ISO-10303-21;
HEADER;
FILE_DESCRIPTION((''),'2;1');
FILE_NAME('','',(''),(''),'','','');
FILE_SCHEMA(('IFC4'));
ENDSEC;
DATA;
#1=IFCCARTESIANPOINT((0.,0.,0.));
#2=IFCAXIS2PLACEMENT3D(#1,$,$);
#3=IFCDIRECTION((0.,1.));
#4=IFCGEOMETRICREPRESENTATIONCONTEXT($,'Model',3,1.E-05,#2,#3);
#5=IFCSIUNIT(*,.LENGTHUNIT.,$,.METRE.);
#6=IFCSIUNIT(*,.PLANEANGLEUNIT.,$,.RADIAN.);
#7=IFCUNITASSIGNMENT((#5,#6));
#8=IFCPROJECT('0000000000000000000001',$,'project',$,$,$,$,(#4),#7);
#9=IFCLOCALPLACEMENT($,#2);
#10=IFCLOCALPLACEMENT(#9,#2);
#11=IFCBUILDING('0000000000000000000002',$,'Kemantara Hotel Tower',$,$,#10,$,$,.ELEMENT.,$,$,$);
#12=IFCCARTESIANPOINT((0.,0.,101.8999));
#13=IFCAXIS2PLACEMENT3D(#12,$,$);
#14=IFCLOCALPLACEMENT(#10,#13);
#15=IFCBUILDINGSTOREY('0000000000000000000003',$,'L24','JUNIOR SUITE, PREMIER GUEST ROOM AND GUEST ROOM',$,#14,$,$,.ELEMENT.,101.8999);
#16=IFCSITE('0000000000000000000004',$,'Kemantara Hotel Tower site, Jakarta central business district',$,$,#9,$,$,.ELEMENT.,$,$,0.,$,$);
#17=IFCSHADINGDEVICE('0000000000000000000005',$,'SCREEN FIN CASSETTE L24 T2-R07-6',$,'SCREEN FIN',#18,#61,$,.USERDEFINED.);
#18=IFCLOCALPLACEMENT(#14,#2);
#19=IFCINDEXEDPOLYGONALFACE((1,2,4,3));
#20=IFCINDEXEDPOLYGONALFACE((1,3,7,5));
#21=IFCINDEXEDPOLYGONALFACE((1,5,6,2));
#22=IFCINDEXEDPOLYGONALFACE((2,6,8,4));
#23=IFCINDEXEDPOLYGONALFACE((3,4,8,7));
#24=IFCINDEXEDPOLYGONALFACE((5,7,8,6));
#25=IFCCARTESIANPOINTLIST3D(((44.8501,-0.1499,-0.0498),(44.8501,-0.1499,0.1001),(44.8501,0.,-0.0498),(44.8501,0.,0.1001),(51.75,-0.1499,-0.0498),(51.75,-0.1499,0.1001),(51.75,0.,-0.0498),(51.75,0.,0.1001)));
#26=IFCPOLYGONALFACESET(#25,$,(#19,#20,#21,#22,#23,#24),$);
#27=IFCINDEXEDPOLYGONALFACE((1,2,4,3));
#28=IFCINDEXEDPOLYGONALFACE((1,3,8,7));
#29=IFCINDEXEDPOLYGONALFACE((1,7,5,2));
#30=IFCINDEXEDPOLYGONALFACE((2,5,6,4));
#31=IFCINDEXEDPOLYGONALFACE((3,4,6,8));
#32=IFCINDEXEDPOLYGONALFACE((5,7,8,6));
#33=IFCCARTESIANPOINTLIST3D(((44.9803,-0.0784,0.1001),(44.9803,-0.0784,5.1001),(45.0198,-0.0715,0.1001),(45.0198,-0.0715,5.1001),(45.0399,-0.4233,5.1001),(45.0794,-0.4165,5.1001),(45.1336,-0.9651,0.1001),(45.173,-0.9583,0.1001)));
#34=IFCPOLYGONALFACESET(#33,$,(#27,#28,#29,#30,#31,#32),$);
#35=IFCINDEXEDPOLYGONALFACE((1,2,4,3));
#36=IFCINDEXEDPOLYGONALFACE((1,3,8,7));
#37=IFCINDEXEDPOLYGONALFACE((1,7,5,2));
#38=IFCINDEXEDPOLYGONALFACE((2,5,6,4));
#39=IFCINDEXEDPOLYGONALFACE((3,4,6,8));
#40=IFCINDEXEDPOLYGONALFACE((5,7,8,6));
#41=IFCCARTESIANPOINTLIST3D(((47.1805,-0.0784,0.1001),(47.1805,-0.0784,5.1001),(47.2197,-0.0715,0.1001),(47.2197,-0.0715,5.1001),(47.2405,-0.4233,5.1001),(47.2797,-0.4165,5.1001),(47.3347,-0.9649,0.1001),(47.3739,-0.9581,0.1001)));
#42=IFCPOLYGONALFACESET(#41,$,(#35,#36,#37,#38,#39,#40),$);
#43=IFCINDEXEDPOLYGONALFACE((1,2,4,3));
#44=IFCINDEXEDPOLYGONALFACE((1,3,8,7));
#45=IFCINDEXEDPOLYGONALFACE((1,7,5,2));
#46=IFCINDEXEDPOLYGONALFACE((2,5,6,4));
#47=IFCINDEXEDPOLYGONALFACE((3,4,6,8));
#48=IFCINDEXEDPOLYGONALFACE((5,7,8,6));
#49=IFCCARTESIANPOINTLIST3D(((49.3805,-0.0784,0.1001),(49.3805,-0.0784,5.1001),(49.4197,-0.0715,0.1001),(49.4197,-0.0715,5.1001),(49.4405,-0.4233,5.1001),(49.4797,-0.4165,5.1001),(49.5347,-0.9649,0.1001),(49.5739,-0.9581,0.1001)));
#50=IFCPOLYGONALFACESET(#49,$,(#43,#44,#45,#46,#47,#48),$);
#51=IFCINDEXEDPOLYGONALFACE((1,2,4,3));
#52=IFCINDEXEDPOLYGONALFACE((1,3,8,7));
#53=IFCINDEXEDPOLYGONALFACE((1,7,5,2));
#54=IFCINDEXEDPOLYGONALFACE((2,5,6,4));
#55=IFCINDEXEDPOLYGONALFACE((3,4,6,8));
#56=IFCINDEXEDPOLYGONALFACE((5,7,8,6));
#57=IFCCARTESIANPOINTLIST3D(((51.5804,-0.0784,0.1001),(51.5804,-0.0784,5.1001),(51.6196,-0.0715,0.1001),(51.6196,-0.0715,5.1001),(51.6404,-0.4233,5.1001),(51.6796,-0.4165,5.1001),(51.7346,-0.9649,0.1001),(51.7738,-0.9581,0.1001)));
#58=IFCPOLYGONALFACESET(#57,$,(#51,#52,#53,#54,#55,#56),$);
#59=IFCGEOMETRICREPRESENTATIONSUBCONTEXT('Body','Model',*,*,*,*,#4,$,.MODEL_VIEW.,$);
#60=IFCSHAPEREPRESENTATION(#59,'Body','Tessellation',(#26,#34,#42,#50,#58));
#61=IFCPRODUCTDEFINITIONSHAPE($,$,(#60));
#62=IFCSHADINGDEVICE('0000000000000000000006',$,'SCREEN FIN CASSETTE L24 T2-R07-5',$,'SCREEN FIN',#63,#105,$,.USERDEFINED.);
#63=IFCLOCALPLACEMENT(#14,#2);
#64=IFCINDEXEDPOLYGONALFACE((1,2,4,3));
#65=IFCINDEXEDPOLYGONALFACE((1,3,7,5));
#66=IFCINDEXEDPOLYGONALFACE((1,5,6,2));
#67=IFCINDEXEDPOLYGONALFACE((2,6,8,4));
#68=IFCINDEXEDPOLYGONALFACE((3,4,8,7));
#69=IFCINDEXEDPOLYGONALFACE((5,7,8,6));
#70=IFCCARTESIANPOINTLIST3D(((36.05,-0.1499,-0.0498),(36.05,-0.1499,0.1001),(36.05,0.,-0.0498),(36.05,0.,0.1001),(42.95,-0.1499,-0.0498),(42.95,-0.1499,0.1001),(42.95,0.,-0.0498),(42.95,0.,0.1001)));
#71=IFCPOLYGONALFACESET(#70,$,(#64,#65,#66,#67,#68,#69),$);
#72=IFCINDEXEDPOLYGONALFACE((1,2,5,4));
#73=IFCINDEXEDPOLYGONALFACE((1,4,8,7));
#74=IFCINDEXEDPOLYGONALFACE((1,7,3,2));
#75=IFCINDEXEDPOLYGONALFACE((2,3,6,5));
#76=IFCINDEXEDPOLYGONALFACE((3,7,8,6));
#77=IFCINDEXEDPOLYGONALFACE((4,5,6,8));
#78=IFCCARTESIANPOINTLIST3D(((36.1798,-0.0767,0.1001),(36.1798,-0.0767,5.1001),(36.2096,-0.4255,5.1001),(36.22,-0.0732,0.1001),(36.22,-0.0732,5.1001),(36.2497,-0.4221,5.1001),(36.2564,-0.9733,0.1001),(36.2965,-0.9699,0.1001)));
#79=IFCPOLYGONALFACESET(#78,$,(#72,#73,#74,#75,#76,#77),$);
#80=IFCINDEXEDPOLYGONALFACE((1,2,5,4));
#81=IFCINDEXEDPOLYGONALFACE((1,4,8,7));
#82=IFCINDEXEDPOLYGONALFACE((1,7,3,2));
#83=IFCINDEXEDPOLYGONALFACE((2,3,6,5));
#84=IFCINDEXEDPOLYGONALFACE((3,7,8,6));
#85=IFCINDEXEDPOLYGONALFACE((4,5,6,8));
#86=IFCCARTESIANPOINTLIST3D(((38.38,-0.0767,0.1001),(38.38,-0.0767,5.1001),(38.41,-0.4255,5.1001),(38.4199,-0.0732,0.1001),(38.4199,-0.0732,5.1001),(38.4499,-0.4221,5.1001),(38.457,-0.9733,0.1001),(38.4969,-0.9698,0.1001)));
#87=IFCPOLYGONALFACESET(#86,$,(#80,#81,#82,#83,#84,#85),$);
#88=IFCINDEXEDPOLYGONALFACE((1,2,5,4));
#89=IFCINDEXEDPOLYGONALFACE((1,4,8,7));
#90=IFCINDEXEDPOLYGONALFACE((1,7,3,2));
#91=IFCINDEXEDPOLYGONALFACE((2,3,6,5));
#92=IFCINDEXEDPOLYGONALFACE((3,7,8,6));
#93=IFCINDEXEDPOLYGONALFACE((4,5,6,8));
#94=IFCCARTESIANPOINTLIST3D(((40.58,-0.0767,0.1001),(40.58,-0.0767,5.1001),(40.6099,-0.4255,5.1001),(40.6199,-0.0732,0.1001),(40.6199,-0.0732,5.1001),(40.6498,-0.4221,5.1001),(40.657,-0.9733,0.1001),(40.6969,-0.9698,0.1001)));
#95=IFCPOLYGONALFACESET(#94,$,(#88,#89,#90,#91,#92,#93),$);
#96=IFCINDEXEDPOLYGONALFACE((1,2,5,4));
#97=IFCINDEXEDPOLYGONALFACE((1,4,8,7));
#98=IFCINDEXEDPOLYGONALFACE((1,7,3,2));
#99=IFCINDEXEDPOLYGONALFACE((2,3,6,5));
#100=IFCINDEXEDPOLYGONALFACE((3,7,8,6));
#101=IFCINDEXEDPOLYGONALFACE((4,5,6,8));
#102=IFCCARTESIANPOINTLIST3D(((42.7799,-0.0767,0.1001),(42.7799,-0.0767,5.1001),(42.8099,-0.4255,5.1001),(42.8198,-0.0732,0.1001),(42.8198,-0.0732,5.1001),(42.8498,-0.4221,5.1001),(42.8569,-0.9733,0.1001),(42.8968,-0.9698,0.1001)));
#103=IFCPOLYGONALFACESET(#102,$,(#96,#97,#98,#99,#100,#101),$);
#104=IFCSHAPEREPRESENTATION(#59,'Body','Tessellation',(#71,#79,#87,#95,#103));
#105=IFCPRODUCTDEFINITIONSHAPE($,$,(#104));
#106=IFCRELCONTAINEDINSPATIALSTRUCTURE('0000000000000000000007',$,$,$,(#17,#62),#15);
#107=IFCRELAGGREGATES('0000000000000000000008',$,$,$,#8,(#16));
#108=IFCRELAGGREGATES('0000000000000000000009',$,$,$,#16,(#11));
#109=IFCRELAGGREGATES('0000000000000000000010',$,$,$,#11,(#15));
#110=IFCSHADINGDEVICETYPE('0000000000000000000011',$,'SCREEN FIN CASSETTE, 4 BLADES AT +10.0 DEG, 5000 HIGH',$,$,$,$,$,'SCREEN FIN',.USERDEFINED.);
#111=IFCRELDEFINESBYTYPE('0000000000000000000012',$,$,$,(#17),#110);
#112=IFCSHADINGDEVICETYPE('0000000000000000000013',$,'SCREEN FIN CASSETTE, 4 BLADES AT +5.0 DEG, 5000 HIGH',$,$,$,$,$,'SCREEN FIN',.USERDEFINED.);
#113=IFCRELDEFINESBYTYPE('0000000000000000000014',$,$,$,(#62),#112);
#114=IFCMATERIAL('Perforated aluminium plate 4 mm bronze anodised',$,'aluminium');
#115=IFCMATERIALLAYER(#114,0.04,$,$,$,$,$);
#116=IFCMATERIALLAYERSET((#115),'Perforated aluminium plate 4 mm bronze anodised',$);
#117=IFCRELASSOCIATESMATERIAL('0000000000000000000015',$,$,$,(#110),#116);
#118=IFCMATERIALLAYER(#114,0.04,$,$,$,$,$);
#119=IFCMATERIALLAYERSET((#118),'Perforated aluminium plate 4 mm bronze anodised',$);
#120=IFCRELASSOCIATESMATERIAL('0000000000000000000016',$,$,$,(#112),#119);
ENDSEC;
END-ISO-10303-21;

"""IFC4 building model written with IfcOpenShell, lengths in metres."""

from ifc_helpers import new_model, si_unit, direction, frame, origin, origin_2d, place, context, subcontext, project, spatial, polyline, rectangle, outline, extrude, source, transform, mapped, material, layer, layer_set, type_object, element, save


model = new_model("IFC4")

# Units and contexts
model_context = context("Model", 3, precision=1e-05, world=origin(), true_north=direction((0.0, 1.0)))
body_context = subcontext(model_context, "Body", "Model", "MODEL_VIEW")
ifc_project = project(units=[si_unit("LENGTHUNIT", "METRE"), si_unit("PLANEANGLEUNIT", "RADIAN")], contexts=[model_context])

# Site, building, storey
site_placement = place(None, origin())
site = spatial("IfcSite", under=ifc_project, at=site_placement, Name="Kemantara Hotel Tower site, Jakarta central business district", CompositionType="ELEMENT", RefElevation=0.0)
building_placement = place(site_placement, origin())
building = spatial("IfcBuilding", under=site, at=building_placement, Name="Kemantara Hotel Tower", CompositionType="ELEMENT")
storey_placement = place(building_placement, frame((0.0, 0.0, 101.8999)))
storey = spatial("IfcBuildingStorey", under=building, at=storey_placement, Name="L24", Description="JUNIOR SUITE, PREMIER GUEST ROOM AND GUEST ROOM", CompositionType="ELEMENT", Elevation=101.8999)

# Shading devices
ifc_material_1 = material(Name="Perforated aluminium plate 4 mm bronze anodised", Category="aluminium")
ifc_layer_1 = layer(ifc_material_1, 0.04)
ifc_layer_set_1 = layer_set([ifc_layer_1], Name="Perforated aluminium plate 4 mm bronze anodised")
shading_device_type_1 = type_object("IfcShadingDeviceType", Name="SCREEN FIN CASSETTE, 4 BLADES AT +10.0 DEG, 5000 HIGH", ElementType="SCREEN FIN", PredefinedType="USERDEFINED", material=ifc_layer_set_1)
shared_shape_1 = source(origin(), body_context, "Body", "SweptSolid", [
    extrude(rectangle(XDim=6.8999, YDim=0.1499, at=origin_2d()), frame((3.3, -0.075, -0.1499), z_axis=(0.0, 0.0, 1.0), x_axis=(1.0, 0.0, 0.0)), (0.0, 0.0, 1.0), 0.1499),
    extrude(outline(polyline([(0.0, 0.0), (0.8999, 0.0), (0.3501, 5.0), (0.0, 5.0), (0.0, 0.0)])), frame((0.0198, -0.0715, 0.0), z_axis=(-0.98539, -0.170314, 0.0), x_axis=(0.170314, -0.98539, 0.0)), (0.0, 0.0, 1.0), 0.04),
    extrude(outline(polyline([(0.0, 0.0), (0.8999, 0.0), (0.3501, 5.0), (0.0, 5.0), (0.0, 0.0)])), frame((2.2197, -0.0715, 0.0), z_axis=(-0.985212, -0.171341, 0.0), x_axis=(0.171341, -0.985212, 0.0)), (0.0, 0.0, 1.0), 0.0398),
    extrude(outline(polyline([(0.0, 0.0), (0.8999, 0.0), (0.3501, 5.0), (0.0, 5.0), (0.0, 0.0)])), frame((4.4197, -0.0715, 0.0), z_axis=(-0.985212, -0.171341, 0.0), x_axis=(0.171341, -0.985212, 0.0)), (0.0, 0.0, 1.0), 0.0398),
    extrude(outline(polyline([(0.0, 0.0), (0.8999, 0.0), (0.3501, 5.0), (0.0, 5.0), (0.0, 0.0)])), frame((6.6196, -0.0715, 0.0), z_axis=(-0.985212, -0.171341, 0.0), x_axis=(0.171341, -0.985212, 0.0)), (0.0, 0.0, 1.0), 0.0398),
])
shading_device_1_placement = place(storey_placement, frame((45.0, 0.0, 0.1001), z_axis=(0.0, 0.0, 1.0), x_axis=(1.0, 0.0, 0.0)))
element("IfcShadingDevice", 1, at=shading_device_1_placement, inside=storey, type_object=shading_device_type_1, Name="SCREEN FIN CASSETTE L24 T2-R07-6", ObjectType="SCREEN FIN", PredefinedType="USERDEFINED", context=body_context, shape_type="MappedRepresentation", body=[
    mapped(shared_shape_1, transform((0.0, 0.0, 0.0))),
])
ifc_layer_2 = layer(ifc_material_1, 0.04)
ifc_layer_set_2 = layer_set([ifc_layer_2], Name="Perforated aluminium plate 4 mm bronze anodised")
shading_device_type_2 = type_object("IfcShadingDeviceType", Name="SCREEN FIN CASSETTE, 4 BLADES AT +5.0 DEG, 5000 HIGH", ElementType="SCREEN FIN", PredefinedType="USERDEFINED", material=ifc_layer_set_2)
shared_shape_2 = source(origin(), body_context, "Body", "SweptSolid", [
    extrude(rectangle(XDim=6.8999, YDim=0.1499, at=origin_2d()), frame((3.3, -0.075, -0.1499), z_axis=(0.0, 0.0, 1.0), x_axis=(1.0, 0.0, 0.0)), (0.0, 0.0, 1.0), 0.1499),
    extrude(outline(polyline([(0.0, 0.0), (0.8999, 0.0), (0.3501, 5.0), (0.0, 5.0), (0.0, 0.0)])), frame((0.02, -0.0732, 0.0), z_axis=(-0.996376, -0.085056, 0.0), x_axis=(0.085056, -0.996376, 0.0)), (0.0, 0.0, 1.0), 0.0403),
    extrude(outline(polyline([(0.0, 0.0), (0.8999, 0.0), (0.3501, 5.0), (0.0, 5.0), (0.0, 0.0)])), frame((2.22, -0.0732, 0.0), z_axis=(-0.996332, -0.085575, 0.0), x_axis=(0.085575, -0.996332, 0.0)), (0.0, 0.0, 1.0), 0.04),
    extrude(outline(polyline([(0.0, 0.0), (0.8999, 0.0), (0.3501, 5.0), (0.0, 5.0), (0.0, 0.0)])), frame((4.4199, -0.0732, 0.0), z_axis=(-0.996332, -0.085575, 0.0), x_axis=(0.085575, -0.996332, 0.0)), (0.0, 0.0, 1.0), 0.04),
    extrude(outline(polyline([(0.0, 0.0), (0.8999, 0.0), (0.3501, 5.0), (0.0, 5.0), (0.0, 0.0)])), frame((6.6199, -0.0732, 0.0), z_axis=(-0.996332, -0.085575, 0.0), x_axis=(0.085575, -0.996332, 0.0)), (0.0, 0.0, 1.0), 0.04),
])
shading_device_2_placement = place(storey_placement, frame((36.2, 0.0, 0.1001), z_axis=(0.0, 0.0, 1.0), x_axis=(1.0, 0.0, 0.0)))
element("IfcShadingDevice", 2, at=shading_device_2_placement, inside=storey, type_object=shading_device_type_2, Name="SCREEN FIN CASSETTE L24 T2-R07-5", ObjectType="SCREEN FIN", PredefinedType="USERDEFINED", context=body_context, shape_type="MappedRepresentation", body=[
    mapped(shared_shape_2, transform((0.0, 0.0, 0.0))),
])

save(model, "model.ifc")
